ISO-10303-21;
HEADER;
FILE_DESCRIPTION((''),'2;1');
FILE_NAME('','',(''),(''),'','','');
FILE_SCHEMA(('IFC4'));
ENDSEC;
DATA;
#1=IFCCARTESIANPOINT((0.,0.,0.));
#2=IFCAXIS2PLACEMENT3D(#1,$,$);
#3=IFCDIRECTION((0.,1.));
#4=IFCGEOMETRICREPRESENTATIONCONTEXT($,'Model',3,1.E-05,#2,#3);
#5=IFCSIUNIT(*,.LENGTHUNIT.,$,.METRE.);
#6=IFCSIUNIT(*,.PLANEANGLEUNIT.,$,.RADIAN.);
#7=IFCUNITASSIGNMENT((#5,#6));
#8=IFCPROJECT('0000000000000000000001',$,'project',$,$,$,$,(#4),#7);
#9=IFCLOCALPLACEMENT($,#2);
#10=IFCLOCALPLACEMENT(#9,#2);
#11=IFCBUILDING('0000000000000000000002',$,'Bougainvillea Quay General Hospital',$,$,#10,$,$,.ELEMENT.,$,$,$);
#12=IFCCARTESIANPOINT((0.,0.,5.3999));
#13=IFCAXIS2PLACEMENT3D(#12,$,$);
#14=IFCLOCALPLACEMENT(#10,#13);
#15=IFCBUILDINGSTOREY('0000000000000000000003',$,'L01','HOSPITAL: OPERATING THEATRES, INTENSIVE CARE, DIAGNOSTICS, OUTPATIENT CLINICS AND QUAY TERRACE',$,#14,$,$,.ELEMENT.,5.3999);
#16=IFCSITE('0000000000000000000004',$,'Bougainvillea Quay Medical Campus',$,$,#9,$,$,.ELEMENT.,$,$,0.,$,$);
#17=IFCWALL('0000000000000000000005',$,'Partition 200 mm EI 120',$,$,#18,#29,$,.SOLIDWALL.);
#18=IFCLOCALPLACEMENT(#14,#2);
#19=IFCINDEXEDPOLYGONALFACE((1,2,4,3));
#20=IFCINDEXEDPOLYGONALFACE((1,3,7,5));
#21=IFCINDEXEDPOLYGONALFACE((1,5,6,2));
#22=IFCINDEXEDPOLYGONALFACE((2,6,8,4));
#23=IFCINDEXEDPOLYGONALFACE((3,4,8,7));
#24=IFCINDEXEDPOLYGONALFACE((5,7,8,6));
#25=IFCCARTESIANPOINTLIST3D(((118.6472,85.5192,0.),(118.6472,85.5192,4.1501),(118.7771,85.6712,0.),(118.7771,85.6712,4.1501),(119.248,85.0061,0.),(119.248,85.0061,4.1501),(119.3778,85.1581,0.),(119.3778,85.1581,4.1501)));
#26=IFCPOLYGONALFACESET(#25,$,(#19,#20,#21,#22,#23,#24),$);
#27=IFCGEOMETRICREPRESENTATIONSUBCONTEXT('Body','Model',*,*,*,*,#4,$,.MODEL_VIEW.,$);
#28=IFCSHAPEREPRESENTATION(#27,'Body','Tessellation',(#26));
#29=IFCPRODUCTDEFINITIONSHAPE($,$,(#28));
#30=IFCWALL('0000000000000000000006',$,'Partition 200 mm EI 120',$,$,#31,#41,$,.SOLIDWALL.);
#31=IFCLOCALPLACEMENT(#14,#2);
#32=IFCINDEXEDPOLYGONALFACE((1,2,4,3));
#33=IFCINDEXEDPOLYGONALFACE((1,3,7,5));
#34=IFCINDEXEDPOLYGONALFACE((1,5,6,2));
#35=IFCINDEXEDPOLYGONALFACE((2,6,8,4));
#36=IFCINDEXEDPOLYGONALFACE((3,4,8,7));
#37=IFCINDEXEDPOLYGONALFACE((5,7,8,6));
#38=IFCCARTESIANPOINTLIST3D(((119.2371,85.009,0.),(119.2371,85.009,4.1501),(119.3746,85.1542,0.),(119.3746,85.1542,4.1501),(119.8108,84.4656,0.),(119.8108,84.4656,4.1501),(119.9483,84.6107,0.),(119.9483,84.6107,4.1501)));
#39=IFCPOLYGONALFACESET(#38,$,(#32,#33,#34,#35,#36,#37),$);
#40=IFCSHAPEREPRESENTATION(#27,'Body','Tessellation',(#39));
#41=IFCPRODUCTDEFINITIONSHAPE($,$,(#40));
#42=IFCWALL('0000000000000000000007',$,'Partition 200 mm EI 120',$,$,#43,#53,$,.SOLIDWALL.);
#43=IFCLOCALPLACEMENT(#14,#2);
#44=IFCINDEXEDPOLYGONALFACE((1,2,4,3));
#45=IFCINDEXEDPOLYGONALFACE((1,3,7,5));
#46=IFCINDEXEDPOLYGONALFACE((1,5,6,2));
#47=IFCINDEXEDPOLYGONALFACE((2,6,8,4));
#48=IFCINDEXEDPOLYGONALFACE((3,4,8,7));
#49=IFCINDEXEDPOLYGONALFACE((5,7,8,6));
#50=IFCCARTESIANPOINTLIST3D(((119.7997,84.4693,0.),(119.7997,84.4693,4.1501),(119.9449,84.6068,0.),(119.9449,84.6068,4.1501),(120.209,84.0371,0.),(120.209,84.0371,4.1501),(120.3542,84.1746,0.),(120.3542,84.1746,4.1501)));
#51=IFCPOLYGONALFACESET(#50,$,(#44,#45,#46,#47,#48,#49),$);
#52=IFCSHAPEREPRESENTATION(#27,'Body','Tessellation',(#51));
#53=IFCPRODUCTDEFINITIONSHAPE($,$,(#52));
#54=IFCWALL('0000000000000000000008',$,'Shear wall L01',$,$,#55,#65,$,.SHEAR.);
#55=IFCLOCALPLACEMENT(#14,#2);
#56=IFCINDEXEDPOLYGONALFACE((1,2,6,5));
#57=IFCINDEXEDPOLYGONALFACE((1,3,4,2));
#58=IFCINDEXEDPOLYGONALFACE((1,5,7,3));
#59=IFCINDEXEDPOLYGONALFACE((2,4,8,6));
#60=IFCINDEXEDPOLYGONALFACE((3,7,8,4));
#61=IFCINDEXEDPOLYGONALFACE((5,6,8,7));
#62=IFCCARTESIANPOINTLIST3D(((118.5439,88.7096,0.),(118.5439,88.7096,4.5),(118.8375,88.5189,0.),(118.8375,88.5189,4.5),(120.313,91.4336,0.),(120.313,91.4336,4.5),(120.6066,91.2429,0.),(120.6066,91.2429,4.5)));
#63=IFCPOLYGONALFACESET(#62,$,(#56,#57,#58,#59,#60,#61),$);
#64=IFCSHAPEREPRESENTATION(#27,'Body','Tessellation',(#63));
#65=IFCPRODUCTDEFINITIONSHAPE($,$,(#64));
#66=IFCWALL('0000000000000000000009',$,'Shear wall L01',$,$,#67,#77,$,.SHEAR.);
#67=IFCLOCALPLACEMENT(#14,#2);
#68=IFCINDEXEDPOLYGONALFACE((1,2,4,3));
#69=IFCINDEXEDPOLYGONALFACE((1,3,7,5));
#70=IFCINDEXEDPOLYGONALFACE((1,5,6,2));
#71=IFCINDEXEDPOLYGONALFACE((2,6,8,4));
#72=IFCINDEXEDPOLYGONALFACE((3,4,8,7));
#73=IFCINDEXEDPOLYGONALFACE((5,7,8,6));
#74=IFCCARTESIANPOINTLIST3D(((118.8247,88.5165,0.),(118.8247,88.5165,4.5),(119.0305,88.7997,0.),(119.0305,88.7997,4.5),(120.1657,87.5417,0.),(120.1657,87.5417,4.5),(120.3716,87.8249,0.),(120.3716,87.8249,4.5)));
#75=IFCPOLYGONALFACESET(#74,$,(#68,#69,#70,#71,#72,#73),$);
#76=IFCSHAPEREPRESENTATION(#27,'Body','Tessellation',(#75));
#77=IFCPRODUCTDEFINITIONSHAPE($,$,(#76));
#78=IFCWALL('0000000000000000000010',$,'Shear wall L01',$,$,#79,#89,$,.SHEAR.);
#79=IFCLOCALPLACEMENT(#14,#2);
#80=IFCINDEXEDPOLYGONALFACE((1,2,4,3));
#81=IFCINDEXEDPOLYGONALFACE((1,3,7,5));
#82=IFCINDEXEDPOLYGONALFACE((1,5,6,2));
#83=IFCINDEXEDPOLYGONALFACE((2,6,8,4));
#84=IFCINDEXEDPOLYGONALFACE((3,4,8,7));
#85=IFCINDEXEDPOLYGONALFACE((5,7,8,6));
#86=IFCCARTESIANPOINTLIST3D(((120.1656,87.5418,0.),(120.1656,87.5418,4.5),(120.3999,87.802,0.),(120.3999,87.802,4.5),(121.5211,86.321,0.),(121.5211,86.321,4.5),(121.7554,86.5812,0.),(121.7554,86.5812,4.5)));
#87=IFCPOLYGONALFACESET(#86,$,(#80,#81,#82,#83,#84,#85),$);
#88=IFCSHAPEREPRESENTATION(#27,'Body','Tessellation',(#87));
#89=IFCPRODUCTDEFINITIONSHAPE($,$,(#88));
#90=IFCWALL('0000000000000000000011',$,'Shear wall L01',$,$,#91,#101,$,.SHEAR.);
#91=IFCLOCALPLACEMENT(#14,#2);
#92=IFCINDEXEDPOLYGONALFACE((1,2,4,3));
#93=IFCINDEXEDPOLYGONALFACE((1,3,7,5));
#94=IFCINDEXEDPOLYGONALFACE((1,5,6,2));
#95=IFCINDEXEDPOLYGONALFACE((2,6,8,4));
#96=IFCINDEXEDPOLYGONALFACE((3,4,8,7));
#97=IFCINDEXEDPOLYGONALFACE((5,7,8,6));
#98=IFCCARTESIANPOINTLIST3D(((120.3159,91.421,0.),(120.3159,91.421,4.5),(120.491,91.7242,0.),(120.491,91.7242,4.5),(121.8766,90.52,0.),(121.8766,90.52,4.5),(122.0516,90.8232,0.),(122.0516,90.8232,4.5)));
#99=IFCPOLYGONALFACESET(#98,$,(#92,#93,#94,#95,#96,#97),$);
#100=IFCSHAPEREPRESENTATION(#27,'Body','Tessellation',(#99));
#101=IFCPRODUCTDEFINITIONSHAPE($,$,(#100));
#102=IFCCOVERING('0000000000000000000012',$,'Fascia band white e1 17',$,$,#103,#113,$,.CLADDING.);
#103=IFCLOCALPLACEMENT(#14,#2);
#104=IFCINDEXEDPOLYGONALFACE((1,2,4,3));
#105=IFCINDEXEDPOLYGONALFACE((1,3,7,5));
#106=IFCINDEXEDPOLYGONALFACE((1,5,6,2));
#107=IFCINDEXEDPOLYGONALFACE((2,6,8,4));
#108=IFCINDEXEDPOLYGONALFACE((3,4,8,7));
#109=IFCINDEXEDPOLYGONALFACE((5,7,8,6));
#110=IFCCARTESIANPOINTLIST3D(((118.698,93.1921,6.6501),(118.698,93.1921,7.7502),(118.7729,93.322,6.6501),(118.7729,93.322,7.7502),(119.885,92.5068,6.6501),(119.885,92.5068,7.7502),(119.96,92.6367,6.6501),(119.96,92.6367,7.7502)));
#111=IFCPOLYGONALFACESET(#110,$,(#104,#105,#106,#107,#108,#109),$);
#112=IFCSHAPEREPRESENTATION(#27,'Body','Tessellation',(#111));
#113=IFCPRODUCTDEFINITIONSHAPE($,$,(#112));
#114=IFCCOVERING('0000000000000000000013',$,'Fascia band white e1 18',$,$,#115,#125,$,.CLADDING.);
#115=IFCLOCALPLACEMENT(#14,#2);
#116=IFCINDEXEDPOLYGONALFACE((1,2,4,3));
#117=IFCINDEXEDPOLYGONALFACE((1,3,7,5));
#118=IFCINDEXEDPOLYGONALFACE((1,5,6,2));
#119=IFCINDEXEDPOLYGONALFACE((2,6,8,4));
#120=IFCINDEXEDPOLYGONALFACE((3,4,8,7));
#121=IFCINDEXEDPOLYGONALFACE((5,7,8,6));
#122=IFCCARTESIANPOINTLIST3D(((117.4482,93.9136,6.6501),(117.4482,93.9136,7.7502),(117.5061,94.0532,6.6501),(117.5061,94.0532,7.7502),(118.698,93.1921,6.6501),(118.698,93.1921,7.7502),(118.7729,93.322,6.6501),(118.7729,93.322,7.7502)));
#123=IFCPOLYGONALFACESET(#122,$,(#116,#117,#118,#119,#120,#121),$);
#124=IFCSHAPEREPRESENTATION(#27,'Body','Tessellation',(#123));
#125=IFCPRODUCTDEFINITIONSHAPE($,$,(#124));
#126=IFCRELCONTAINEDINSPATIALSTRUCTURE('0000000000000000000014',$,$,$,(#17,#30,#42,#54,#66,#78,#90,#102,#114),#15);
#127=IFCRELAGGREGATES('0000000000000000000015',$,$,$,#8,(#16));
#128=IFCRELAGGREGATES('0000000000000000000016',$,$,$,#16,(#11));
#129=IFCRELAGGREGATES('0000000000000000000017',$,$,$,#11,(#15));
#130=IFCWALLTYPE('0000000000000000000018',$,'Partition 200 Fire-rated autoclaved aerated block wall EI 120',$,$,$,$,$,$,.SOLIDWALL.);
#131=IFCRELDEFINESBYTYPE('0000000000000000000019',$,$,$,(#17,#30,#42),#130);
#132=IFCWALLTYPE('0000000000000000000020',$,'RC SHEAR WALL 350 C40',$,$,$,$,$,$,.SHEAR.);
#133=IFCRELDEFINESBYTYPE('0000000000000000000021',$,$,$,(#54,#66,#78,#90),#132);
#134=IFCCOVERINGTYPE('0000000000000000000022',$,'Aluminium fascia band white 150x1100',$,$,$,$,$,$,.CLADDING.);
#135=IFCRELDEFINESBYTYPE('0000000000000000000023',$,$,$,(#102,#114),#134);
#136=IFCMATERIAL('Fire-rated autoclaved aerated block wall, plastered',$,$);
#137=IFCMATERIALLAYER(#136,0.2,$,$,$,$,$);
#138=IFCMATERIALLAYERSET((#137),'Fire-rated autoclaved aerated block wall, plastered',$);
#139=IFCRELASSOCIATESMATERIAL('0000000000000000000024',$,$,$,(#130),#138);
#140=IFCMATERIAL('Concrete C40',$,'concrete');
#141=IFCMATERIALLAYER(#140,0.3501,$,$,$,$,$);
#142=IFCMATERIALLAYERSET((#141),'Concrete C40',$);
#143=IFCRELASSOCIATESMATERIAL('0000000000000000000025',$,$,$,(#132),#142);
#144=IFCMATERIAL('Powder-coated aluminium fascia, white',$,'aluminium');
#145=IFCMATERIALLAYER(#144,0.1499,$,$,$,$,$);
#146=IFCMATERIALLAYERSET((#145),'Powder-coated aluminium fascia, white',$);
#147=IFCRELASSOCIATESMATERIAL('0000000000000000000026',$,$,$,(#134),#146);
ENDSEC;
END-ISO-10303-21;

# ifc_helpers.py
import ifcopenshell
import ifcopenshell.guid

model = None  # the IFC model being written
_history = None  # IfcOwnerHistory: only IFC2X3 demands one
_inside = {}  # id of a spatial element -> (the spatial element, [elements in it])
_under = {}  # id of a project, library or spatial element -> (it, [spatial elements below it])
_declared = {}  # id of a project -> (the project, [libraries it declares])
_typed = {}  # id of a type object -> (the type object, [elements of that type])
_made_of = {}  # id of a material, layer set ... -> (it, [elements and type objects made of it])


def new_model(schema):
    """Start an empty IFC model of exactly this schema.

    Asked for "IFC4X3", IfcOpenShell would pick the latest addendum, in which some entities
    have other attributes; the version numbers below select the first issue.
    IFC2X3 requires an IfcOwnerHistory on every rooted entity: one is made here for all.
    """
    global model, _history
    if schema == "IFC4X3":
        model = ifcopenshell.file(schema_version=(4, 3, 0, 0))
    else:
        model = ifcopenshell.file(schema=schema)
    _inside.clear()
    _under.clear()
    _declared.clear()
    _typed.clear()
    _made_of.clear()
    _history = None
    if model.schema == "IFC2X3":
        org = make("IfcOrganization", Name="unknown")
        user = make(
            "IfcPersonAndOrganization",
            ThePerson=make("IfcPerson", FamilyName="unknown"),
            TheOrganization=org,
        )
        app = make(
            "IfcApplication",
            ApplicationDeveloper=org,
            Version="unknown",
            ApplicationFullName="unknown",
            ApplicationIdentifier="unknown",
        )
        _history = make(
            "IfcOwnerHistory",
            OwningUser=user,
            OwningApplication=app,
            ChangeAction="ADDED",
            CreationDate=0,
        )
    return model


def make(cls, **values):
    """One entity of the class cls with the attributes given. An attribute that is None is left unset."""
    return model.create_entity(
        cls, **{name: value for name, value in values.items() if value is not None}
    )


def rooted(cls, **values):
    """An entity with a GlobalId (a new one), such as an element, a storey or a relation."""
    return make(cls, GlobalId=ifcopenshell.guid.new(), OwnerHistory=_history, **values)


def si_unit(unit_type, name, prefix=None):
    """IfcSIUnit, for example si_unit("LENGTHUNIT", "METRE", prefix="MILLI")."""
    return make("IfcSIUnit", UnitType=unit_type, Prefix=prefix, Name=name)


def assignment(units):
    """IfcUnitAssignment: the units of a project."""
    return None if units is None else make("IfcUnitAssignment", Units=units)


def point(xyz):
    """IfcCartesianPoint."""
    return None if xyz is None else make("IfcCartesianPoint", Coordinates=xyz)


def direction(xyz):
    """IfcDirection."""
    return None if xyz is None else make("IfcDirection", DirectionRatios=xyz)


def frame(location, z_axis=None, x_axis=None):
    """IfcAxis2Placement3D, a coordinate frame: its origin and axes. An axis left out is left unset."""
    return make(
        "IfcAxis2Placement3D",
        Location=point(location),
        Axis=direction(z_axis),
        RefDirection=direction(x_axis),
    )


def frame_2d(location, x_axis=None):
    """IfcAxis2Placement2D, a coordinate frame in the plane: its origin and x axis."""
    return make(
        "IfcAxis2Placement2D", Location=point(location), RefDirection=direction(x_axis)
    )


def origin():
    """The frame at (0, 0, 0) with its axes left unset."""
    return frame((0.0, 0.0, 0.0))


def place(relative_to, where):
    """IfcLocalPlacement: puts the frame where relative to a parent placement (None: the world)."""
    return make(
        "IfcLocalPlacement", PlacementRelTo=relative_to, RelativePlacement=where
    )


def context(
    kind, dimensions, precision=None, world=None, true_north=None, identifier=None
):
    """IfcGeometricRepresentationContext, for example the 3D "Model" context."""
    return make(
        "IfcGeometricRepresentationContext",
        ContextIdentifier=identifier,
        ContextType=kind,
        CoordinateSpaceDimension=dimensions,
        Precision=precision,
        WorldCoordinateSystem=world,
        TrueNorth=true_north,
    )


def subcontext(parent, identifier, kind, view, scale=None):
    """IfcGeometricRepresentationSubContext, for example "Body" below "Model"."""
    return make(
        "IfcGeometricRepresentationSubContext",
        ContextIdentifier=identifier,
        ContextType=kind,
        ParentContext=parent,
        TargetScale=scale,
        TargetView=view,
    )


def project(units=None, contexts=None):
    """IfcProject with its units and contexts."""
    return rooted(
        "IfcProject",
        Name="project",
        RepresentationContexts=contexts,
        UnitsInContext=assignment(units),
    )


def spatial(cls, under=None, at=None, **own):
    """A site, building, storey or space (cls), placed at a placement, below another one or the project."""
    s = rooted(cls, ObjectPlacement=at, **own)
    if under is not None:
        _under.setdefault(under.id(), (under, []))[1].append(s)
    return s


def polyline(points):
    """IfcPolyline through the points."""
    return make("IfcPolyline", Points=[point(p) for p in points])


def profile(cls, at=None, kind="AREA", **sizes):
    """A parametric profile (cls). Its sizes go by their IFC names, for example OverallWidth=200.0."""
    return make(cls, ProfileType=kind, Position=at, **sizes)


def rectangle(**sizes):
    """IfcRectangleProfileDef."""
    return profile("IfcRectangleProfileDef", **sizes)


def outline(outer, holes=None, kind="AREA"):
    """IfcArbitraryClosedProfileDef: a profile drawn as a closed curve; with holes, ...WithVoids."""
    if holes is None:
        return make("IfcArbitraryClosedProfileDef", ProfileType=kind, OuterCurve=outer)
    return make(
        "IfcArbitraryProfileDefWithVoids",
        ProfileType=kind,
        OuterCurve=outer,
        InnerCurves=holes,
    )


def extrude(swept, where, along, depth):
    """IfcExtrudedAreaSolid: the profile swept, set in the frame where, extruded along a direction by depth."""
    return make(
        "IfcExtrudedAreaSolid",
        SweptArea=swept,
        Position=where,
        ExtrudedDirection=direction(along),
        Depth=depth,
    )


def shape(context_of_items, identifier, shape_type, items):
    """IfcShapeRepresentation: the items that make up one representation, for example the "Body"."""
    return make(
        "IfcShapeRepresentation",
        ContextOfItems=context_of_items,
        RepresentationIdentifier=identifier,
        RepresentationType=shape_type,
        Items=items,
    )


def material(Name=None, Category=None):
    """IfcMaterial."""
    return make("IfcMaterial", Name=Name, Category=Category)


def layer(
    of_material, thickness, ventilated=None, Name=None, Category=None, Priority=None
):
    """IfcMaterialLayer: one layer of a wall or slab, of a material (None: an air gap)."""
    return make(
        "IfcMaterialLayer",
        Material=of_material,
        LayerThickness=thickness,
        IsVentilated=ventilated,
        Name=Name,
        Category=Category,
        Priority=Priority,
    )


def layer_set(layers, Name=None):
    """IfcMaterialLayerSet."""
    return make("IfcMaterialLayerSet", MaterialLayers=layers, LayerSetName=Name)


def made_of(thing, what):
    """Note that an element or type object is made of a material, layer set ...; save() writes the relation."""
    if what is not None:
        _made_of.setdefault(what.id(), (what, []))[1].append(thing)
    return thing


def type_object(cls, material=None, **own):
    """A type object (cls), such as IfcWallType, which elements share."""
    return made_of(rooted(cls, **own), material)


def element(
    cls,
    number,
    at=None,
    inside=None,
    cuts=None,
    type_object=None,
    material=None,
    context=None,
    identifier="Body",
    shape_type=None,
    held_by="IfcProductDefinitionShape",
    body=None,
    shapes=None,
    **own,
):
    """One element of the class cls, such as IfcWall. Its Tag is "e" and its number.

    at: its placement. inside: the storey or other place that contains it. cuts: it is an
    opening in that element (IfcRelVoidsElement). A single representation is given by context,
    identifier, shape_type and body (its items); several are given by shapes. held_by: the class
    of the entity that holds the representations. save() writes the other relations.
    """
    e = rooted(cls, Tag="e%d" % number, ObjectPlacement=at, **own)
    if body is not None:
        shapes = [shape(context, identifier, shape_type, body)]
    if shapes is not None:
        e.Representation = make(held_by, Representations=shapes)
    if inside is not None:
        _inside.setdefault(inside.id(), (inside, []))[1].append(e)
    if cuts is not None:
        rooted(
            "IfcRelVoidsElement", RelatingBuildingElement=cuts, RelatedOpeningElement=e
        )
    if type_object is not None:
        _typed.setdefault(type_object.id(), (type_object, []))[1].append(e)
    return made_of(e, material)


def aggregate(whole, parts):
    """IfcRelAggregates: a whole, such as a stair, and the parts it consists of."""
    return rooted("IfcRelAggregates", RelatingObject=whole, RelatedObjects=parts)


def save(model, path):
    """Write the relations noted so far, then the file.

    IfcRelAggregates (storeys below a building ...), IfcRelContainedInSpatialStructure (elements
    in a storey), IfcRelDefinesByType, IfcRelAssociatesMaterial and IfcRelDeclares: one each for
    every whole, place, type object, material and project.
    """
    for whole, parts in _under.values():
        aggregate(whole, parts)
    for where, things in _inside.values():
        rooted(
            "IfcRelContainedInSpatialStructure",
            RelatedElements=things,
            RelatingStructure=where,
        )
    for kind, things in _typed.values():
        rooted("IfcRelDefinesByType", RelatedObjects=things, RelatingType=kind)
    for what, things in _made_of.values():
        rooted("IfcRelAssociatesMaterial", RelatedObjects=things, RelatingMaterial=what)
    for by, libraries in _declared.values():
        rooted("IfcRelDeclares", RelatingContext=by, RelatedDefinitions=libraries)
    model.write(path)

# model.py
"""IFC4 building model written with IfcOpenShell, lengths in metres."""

from ifc_helpers import new_model, si_unit, direction, frame, frame_2d, origin, place, context, subcontext, project, spatial, polyline, rectangle, outline, extrude, material, layer, layer_set, type_object, element, save


model = new_model("IFC4")

# Units and contexts
model_context = context("Model", 3, precision=1e-05, world=origin(), true_north=direction((0.0, 1.0)))
body_context = subcontext(model_context, "Body", "Model", "MODEL_VIEW")
ifc_project = project(units=[si_unit("LENGTHUNIT", "METRE"), si_unit("PLANEANGLEUNIT", "RADIAN")], contexts=[model_context])

# Site, building, storey
site_placement = place(None, origin())
site = spatial("IfcSite", under=ifc_project, at=site_placement, Name="Bougainvillea Quay Medical Campus", CompositionType="ELEMENT", RefElevation=0.0)
building_placement = place(site_placement, origin())
building = spatial("IfcBuilding", under=site, at=building_placement, Name="Bougainvillea Quay General Hospital", CompositionType="ELEMENT")
storey_placement = place(building_placement, frame((0.0, 0.0, 5.3999)))
storey = spatial("IfcBuildingStorey", under=building, at=storey_placement, Name="L01", Description="HOSPITAL: OPERATING THEATRES, INTENSIVE CARE, DIAGNOSTICS, OUTPATIENT CLINICS AND QUAY TERRACE", CompositionType="ELEMENT", Elevation=5.3999)

# Shared definitions
ifc_material_1 = material(Name="Concrete C40", Category="concrete")

# Walls
ifc_material_2 = material(Name="Fire-rated autoclaved aerated block wall, plastered")
ifc_layer_1 = layer(ifc_material_2, 0.2)
ifc_layer_set_1 = layer_set([ifc_layer_1], Name="Fire-rated autoclaved aerated block wall, plastered")
wall_type_1 = type_object("IfcWallType", Name="Partition 200 Fire-rated autoclaved aerated block wall EI 120", PredefinedType="SOLIDWALL", material=ifc_layer_set_1)
wall_1_placement = place(storey_placement, frame((118.7122, 85.5952, 0.0), z_axis=(0.0, 0.0, 1.0), x_axis=(0.76039, -0.649467, 0.0)))
element("IfcWall", 1, at=wall_1_placement, inside=storey, type_object=wall_type_1, Name="Partition 200 mm EI 120", PredefinedType="SOLIDWALL", context=body_context, shape_type="SweptSolid", body=[
    extrude(rectangle(XDim=0.79, YDim=0.2, at=frame_2d((0.395, 0.0))), origin(), (0.0, 0.0, 1.0), 4.1501),
])
wall_2_placement = place(storey_placement, frame((119.3059, 85.0815, 0.0), z_axis=(0.0, 0.0, 1.0), x_axis=(0.726001, -0.687693, 0.0)))
element("IfcWall", 2, at=wall_2_placement, inside=storey, type_object=wall_type_1, Name="Partition 200 mm EI 120", PredefinedType="SOLIDWALL", context=body_context, shape_type="SweptSolid", body=[
    extrude(rectangle(XDim=0.7903, YDim=0.2, at=frame_2d((0.395, 0.0))), origin(), (0.0, 0.0, 1.0), 4.1501),
])
wall_3_placement = place(storey_placement, frame((119.8723, 84.5381, 0.0), z_axis=(0.0, 0.0, 1.0), x_axis=(0.687563, -0.726125, 0.0)))
element("IfcWall", 3, at=wall_3_placement, inside=storey, type_object=wall_type_1, Name="Partition 200 mm EI 120", PredefinedType="SOLIDWALL", context=body_context, shape_type="SweptSolid", body=[
    extrude(rectangle(XDim=0.5952, YDim=0.2, at=frame_2d((0.2976, 0.0))), origin(), (0.0, 0.0, 1.0), 4.1501),
])
ifc_layer_2 = layer(ifc_material_1, 0.3501)
ifc_layer_set_2 = layer_set([ifc_layer_2], Name="Concrete C40")
wall_type_2 = type_object("IfcWallType", Name="RC SHEAR WALL 350 C40", PredefinedType="SHEAR", material=ifc_layer_set_2)
wall_4_placement = place(storey_placement, frame((118.6907, 88.6143, 0.0), z_axis=(0.0, 0.0, 1.0), x_axis=(0.544669, 0.838651, 0.0)))
element("IfcWall", 4, at=wall_4_placement, inside=storey, type_object=wall_type_2, Name="Shear wall L01", PredefinedType="SHEAR", context=body_context, shape_type="SweptSolid", body=[
    extrude(rectangle(XDim=3.248, YDim=0.3501, at=frame_2d((1.624, 0.0))), origin(), (0.0, 0.0, 1.0), 4.5),
])
wall_5_placement = place(storey_placement, frame((118.9275, 88.6582, 0.0), z_axis=(0.0, 0.0, 1.0), x_axis=(0.80887, -0.587988, 0.0)))
element("IfcWall", 5, at=wall_5_placement, inside=storey, type_object=wall_type_2, Name="Shear wall L01", PredefinedType="SHEAR", context=body_context, shape_type="SweptSolid", body=[
    extrude(rectangle(XDim=1.658, YDim=0.3501, at=frame_2d((0.8291, 0.0))), origin(), (0.0, 0.0, 1.0), 4.5),
])
wall_6_placement = place(storey_placement, frame((120.2827, 87.6719, 0.0), z_axis=(0.0, 0.0, 1.0), x_axis=(0.743081, -0.669201, 0.0)))
element("IfcWall", 6, at=wall_6_placement, inside=storey, type_object=wall_type_2, Name="Shear wall L01", PredefinedType="SHEAR", context=body_context, shape_type="SweptSolid", body=[
    extrude(rectangle(XDim=1.8242, YDim=0.3501, at=frame_2d((0.9121, 0.0))), origin(), (0.0, 0.0, 1.0), 4.5),
])
wall_7_placement = place(storey_placement, frame((120.4036, 91.5725, 0.0), z_axis=(0.0, 0.0, 1.0), x_axis=(0.86605, -0.499957, 0.0)))
element("IfcWall", 7, at=wall_7_placement, inside=storey, type_object=wall_type_2, Name="Shear wall L01", PredefinedType="SHEAR", context=body_context, shape_type="SweptSolid", body=[
    extrude(rectangle(XDim=1.802, YDim=0.3501, at=frame_2d((0.9009, 0.0))), origin(), (0.0, 0.0, 1.0), 4.5),
])

# Coverings
ifc_material_3 = material(Name="Powder-coated aluminium fascia, white", Category="aluminium")
ifc_layer_3 = layer(ifc_material_3, 0.1499)
ifc_layer_set_3 = layer_set([ifc_layer_3], Name="Powder-coated aluminium fascia, white")
covering_type = type_object("IfcCoveringType", Name="Aluminium fascia band white 150x1100", PredefinedType="CLADDING", material=ifc_layer_set_3)
covering_1_placement = place(storey_placement, frame((119.885, 92.5068, 6.6501), z_axis=(0.0, 0.0, 1.0), x_axis=(-0.866031, 0.49999, 0.0)))
element("IfcCovering", 8, at=covering_1_placement, inside=storey, type_object=covering_type, Name="Fascia band white e1 17", PredefinedType="CLADDING", context=body_context, shape_type="SweptSolid", body=[
    extrude(outline(polyline([(0.0, 0.0), (1.3706, 0.0), (1.3707, -0.15), (0.0, -0.15), (0.0, 0.0)])), origin(), (0.0, 0.0, 1.0), 1.1001),
])
covering_2_placement = place(storey_placement, frame((118.698, 93.1921, 6.6501), z_axis=(0.0, 0.0, 1.0), x_axis=(-0.866059, 0.499942, 0.0)))
element("IfcCovering", 9, at=covering_2_placement, inside=storey, type_object=covering_type, Name="Fascia band white e1 18", PredefinedType="CLADDING", context=body_context, shape_type="SweptSolid", body=[
    extrude(outline(polyline([(0.0, 0.0), (1.443, 0.0), (1.4627, -0.1499), (0.0, -0.15), (0.0, 0.0)])), origin(), (0.0, 0.0, 1.0), 1.1001),
])

save(model, "model.ifc")
